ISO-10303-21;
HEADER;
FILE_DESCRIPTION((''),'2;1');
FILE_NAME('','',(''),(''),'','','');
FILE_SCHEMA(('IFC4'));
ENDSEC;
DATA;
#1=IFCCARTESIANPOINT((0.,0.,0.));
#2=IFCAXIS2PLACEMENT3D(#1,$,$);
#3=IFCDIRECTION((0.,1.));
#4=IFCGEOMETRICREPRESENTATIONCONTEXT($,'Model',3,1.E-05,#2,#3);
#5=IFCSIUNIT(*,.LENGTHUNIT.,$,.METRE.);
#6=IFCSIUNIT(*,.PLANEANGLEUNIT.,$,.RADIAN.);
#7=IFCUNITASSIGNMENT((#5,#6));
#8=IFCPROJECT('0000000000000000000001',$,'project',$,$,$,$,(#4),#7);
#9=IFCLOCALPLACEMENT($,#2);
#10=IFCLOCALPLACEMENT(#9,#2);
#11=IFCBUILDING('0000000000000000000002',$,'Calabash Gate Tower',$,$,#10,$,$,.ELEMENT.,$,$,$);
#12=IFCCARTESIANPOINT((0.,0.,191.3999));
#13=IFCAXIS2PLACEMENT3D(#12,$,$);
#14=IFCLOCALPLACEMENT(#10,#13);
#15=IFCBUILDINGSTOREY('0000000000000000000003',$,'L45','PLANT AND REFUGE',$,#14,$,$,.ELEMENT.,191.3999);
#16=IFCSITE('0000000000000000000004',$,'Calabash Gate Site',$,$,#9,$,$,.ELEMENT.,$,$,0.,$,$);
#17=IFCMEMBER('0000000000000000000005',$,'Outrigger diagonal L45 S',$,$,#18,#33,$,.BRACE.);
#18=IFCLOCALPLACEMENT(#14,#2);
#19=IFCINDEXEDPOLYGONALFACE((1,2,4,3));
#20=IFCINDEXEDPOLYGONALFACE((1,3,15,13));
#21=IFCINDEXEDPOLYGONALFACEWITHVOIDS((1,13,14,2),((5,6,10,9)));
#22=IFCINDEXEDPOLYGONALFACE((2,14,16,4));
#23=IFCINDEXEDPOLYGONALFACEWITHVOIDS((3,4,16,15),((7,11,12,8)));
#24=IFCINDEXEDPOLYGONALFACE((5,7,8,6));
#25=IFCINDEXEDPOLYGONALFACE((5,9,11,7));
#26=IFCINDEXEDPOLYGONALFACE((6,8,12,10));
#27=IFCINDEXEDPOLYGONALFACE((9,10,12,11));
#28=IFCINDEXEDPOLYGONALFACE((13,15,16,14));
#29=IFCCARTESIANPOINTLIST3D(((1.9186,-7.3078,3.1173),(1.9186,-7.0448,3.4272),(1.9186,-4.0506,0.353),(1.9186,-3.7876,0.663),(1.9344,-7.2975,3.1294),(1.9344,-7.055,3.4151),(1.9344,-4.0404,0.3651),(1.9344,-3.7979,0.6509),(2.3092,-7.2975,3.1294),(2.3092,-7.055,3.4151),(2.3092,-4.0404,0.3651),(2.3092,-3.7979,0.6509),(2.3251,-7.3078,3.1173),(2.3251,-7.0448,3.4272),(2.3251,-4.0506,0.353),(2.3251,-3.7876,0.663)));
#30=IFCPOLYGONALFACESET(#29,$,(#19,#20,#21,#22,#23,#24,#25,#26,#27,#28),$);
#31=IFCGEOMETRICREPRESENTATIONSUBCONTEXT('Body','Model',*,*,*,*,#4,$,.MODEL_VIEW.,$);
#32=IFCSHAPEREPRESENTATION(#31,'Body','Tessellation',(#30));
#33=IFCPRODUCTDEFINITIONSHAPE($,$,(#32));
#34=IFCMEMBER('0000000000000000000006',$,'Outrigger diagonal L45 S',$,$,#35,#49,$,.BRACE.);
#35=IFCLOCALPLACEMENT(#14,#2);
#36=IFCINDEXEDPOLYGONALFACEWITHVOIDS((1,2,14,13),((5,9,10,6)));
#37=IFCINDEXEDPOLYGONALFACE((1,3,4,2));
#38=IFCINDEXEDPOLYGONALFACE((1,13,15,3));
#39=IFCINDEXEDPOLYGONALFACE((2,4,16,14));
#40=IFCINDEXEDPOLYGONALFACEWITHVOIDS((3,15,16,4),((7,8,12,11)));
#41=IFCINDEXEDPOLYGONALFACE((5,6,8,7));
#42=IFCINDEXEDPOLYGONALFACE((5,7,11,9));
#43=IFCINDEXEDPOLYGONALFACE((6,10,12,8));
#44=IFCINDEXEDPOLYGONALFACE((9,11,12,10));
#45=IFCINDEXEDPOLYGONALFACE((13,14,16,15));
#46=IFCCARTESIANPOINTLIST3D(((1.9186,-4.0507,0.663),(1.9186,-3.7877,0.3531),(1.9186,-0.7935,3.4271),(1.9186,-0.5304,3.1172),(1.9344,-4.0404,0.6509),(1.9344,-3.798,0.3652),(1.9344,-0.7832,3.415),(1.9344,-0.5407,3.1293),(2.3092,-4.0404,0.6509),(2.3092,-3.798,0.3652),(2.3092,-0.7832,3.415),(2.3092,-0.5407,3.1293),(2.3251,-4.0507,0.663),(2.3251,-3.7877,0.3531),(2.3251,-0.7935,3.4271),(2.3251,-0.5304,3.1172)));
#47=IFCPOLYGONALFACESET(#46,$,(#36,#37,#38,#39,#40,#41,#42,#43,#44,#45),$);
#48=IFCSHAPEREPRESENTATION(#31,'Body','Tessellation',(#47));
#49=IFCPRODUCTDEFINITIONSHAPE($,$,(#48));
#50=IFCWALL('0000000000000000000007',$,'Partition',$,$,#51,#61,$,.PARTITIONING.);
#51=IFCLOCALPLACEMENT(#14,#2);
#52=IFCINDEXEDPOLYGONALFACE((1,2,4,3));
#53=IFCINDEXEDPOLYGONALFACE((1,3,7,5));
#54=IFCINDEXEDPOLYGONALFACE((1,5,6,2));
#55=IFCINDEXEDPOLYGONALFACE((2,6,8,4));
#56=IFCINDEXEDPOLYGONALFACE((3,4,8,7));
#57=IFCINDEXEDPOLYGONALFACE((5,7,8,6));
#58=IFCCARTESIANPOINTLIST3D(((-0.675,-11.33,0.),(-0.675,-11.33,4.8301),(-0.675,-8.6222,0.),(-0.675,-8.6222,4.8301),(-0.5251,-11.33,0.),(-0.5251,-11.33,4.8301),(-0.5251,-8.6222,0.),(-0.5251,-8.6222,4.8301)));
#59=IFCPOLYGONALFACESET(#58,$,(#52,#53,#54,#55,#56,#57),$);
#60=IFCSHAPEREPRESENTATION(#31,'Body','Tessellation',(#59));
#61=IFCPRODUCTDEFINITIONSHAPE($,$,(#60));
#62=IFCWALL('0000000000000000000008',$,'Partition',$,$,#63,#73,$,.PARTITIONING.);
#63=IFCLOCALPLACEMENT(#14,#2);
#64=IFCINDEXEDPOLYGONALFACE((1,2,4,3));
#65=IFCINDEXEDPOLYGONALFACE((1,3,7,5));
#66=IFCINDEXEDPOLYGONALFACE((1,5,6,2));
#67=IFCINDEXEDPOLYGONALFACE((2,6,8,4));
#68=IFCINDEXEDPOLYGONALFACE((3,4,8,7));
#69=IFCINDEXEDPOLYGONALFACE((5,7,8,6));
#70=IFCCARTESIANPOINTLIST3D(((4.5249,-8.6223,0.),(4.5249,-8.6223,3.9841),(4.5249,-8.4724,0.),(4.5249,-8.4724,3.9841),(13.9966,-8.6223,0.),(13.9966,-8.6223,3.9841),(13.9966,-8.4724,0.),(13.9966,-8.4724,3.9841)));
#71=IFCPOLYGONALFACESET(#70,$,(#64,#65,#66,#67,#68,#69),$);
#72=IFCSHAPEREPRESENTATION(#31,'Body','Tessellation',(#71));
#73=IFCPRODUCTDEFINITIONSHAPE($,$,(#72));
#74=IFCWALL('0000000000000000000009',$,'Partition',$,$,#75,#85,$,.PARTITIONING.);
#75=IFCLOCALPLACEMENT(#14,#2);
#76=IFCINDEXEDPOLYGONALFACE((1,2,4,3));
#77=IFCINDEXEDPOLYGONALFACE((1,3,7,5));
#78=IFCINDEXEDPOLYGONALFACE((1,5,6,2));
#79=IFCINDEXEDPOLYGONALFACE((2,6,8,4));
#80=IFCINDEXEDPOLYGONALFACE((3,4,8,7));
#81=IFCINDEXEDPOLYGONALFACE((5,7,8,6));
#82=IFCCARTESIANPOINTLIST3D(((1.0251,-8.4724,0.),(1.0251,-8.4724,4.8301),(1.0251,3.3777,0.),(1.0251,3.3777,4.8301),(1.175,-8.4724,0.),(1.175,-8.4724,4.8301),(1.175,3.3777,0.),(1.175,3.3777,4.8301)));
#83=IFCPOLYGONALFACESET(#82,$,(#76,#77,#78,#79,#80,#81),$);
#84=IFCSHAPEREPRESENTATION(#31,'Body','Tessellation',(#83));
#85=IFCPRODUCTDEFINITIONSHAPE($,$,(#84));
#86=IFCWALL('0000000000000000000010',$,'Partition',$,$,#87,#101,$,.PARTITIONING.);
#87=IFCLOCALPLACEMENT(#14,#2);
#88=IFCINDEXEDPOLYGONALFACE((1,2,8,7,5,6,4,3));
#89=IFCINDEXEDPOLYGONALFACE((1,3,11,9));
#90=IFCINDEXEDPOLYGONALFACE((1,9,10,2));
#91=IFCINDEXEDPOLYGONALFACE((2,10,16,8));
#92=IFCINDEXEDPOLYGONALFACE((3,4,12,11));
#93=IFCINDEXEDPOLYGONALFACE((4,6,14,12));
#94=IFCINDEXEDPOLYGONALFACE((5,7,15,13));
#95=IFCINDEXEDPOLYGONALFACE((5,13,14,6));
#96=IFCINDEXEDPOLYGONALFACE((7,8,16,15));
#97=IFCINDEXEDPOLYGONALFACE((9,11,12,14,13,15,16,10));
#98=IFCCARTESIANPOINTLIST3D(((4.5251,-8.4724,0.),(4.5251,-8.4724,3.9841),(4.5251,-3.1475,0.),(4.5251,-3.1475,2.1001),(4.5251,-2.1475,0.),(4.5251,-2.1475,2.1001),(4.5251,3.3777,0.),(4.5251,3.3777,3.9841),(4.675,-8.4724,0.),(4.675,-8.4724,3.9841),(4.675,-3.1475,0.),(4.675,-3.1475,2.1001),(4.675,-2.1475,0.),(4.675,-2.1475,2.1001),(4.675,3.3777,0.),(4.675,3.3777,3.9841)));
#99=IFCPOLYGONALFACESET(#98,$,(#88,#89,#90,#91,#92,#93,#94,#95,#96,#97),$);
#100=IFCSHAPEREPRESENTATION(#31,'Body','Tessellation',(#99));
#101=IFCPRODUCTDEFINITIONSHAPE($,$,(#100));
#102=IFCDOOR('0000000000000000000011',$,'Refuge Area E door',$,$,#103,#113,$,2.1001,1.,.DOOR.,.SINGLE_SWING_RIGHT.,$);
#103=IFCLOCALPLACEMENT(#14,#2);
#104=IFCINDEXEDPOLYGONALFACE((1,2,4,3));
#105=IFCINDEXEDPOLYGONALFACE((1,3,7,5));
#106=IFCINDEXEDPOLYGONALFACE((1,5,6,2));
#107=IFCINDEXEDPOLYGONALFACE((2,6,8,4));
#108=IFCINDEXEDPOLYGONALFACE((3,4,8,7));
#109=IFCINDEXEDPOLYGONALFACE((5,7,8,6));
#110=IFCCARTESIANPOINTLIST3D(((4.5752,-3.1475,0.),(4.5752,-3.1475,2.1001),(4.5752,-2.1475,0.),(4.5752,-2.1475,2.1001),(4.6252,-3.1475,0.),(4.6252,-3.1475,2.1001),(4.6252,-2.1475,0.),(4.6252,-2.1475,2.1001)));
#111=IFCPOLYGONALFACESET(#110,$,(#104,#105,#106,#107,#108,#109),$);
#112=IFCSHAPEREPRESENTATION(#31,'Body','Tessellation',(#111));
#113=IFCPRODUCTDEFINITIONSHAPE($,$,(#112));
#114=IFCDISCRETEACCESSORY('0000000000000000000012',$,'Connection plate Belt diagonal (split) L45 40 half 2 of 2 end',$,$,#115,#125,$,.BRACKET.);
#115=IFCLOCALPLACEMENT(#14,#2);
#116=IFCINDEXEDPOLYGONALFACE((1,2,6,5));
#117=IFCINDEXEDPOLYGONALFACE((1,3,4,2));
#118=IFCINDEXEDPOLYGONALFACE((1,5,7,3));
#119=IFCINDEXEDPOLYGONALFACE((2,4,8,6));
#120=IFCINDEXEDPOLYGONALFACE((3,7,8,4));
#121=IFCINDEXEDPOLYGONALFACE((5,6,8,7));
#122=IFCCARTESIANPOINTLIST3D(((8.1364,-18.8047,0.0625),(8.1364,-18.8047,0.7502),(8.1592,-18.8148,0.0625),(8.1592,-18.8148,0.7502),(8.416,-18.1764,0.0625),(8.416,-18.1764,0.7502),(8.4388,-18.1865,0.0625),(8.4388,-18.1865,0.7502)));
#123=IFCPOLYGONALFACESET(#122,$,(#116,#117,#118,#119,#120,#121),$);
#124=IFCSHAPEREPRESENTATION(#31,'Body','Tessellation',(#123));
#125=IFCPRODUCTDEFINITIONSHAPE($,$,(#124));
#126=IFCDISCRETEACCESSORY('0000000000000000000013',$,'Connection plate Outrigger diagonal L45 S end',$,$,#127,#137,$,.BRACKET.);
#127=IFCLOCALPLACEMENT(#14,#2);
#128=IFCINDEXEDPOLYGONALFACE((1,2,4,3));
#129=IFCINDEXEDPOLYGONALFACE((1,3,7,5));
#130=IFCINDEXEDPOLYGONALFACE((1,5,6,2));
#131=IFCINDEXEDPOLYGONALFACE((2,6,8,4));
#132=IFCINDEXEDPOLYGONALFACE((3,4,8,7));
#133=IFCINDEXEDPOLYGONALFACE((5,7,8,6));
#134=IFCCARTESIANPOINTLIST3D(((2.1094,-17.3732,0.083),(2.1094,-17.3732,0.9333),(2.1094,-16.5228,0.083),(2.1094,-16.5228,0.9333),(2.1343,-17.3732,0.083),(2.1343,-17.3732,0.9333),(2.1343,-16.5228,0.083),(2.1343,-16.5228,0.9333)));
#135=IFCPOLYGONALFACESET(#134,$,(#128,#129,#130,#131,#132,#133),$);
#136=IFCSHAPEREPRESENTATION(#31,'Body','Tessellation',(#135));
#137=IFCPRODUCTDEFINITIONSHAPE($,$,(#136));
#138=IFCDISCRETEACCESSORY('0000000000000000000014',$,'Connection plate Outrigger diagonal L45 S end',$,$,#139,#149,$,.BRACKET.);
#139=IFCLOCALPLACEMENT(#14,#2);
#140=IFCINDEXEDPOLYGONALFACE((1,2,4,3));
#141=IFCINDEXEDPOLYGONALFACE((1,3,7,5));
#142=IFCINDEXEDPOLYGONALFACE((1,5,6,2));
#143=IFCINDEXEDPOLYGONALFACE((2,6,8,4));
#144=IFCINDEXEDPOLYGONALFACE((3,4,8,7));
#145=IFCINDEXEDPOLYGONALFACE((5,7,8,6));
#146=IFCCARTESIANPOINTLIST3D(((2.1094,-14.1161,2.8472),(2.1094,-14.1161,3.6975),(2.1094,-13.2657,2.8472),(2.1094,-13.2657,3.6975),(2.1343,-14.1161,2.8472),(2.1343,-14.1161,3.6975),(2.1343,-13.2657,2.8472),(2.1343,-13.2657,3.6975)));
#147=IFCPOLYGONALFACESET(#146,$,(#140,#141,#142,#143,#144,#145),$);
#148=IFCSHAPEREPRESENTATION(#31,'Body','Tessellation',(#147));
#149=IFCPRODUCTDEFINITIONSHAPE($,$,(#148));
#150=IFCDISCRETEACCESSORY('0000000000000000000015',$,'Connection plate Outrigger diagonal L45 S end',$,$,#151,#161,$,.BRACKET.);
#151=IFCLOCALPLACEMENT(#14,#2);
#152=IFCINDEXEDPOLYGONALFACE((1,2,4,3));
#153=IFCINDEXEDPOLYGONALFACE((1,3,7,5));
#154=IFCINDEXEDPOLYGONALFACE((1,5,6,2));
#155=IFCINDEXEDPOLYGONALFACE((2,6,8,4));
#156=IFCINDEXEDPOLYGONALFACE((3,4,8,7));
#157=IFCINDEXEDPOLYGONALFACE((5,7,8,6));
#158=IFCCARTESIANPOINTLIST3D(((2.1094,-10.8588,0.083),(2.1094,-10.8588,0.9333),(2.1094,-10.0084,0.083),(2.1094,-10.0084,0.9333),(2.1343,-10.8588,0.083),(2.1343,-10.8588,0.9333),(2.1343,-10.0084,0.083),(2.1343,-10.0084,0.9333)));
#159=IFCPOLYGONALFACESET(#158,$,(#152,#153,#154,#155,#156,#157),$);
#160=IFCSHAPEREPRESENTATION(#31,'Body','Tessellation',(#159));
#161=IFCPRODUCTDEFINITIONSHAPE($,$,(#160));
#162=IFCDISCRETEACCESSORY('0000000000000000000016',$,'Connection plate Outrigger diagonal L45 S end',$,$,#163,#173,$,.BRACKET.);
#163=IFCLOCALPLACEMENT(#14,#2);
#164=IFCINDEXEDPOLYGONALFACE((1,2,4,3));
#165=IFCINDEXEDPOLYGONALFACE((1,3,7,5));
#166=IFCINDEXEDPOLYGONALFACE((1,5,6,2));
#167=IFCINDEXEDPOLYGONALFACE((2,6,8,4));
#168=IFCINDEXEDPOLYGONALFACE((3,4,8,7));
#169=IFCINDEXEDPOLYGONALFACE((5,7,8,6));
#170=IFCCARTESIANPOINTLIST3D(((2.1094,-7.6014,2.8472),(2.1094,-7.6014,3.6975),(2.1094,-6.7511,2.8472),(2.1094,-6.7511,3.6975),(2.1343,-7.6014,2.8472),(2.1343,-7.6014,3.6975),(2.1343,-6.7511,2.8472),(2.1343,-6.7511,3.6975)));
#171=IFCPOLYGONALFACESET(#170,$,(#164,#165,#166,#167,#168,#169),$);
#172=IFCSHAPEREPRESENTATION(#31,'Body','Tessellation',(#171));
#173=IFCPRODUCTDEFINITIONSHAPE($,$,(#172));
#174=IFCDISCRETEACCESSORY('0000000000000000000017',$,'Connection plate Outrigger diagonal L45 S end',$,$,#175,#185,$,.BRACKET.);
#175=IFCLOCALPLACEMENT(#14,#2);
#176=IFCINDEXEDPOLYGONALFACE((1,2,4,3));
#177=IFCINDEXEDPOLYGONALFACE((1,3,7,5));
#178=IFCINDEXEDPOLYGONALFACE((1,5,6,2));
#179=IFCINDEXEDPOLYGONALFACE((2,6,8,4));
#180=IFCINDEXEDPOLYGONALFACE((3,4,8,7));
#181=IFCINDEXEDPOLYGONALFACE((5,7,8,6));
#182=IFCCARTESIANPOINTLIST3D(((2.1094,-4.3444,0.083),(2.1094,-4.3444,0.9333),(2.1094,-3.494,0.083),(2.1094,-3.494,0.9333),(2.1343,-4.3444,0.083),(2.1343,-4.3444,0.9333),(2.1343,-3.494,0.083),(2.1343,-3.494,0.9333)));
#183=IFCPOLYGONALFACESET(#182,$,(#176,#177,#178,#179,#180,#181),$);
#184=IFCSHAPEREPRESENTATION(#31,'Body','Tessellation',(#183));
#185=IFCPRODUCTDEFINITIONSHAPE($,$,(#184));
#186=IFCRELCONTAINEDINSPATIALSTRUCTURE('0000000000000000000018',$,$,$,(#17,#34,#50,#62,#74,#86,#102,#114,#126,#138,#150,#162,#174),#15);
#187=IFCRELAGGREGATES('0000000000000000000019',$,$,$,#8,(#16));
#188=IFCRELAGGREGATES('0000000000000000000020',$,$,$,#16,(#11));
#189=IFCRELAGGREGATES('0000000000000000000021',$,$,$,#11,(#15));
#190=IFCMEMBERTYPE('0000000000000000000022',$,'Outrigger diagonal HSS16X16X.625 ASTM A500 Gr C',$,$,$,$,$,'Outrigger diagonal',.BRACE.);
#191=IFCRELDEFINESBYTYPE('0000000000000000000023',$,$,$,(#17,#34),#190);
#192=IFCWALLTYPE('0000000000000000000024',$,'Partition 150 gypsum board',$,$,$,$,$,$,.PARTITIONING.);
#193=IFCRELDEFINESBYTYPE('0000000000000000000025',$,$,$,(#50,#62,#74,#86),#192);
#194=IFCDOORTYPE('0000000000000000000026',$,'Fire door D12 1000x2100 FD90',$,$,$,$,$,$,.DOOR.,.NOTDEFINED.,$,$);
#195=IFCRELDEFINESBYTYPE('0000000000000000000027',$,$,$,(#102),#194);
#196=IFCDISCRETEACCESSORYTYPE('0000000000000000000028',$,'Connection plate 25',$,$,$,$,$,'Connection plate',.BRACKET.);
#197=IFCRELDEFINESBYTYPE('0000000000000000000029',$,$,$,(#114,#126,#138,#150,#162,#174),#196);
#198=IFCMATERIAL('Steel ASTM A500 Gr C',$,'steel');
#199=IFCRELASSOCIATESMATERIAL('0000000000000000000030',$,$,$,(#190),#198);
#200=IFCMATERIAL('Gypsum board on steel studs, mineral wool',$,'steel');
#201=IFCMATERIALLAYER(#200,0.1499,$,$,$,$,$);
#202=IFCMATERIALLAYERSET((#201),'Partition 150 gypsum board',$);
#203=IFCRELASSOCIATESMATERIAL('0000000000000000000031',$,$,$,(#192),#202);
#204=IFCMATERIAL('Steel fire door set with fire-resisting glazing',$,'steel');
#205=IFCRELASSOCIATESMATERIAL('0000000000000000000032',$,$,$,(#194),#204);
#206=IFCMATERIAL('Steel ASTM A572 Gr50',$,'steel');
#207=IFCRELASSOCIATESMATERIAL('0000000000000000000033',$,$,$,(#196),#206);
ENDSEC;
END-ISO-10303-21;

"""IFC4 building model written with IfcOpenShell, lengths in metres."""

from ifc_helpers import new_model, si_unit, direction, frame, frame_2d, origin, origin_2d, place, context, subcontext, project, spatial, rectangle, hollow_rectangle, extrude, material, layer, layer_set, material_profile, profile_set, type_object, element, fill, save


model = new_model("IFC4")

# Units and contexts
model_context = context("Model", 3, precision=1e-05, world=origin(), true_north=direction((0.0, 1.0)))
body_context = subcontext(model_context, "Body", "Model", "MODEL_VIEW")
ifc_project = project(units=[si_unit("LENGTHUNIT", "METRE"), si_unit("PLANEANGLEUNIT", "RADIAN")], contexts=[model_context])

# Site, building, storey
site_placement = place(None, origin())
site = spatial("IfcSite", under=ifc_project, at=site_placement, Name="Calabash Gate Site", CompositionType="ELEMENT", RefElevation=0.0)
building_placement = place(site_placement, origin())
building = spatial("IfcBuilding", under=site, at=building_placement, Name="Calabash Gate Tower", CompositionType="ELEMENT")
storey_placement = place(building_placement, frame((0.0, 0.0, 191.3999)))
storey = spatial("IfcBuildingStorey", under=building, at=storey_placement, Name="L45", Description="PLANT AND REFUGE", CompositionType="ELEMENT", Elevation=191.3999)

# Members
ifc_material_1 = material(Name="Steel ASTM A500 Gr C", Category="steel")
ifc_material_profile_1 = material_profile(ifc_material_1, hollow_rectangle(XDim=0.4065, YDim=0.4065, WallThickness=0.0159, at=origin_2d()))
ifc_profile_set_1 = profile_set([ifc_material_profile_1], Name="Steel ASTM A500 Gr C")
member_type_1 = type_object("IfcMemberType", Name="Outrigger diagonal HSS16X16X.625 ASTM A500 Gr C", ElementType="Outrigger diagonal", PredefinedType="BRACE", material=ifc_profile_set_1)
for number, where, z_axis, x_axis, name in (
    (1, (2.1218, -7.1763, 3.2722), (0.0, 0.762442, -0.647056), (-1.0, 0.0, 0.0), "Outrigger diagonal L45 S"),
    (2, (2.1218, -3.9192, 0.5081), (0.0, 0.762466, 0.647028), (-1.0, 0.0, 0.0), "Outrigger diagonal L45 S"),
):
    element("IfcMember", number, at=place(storey_placement, frame(where, z_axis=z_axis, x_axis=x_axis)), inside=storey, type_object=member_type_1, Name=name, PredefinedType="BRACE", context=body_context, shape_type="SweptSolid", body=[
        extrude(hollow_rectangle(XDim=0.4065, YDim=0.4065, WallThickness=0.0159, at=origin_2d()), origin(), (0.0, 0.0, 1.0), 4.272),
    ])

# Walls
ifc_material_2 = material(Name="Gypsum board on steel studs, mineral wool", Category="steel")
ifc_layer = layer(ifc_material_2, 0.1499)
ifc_layer_set = layer_set([ifc_layer], Name="Partition 150 gypsum board")
wall_type = type_object("IfcWallType", Name="Partition 150 gypsum board", PredefinedType="PARTITIONING", material=ifc_layer_set)
wall_1_placement = place(storey_placement, frame((-0.6001, -11.3301, 0.0), z_axis=(0.0, 0.0, 1.0), x_axis=(0.0, 1.0, 0.0)))
element("IfcWall", 3, at=wall_1_placement, inside=storey, type_object=wall_type, Name="Partition", PredefinedType="PARTITIONING", context=body_context, shape_type="SweptSolid", body=[
    extrude(rectangle(XDim=2.7078, YDim=0.1499, at=frame_2d((1.354, 0.0))), origin(), (0.0, 0.0, 1.0), 4.8301),
])
wall_2_placement = place(storey_placement, frame((4.5249, -8.5474, 0.0), z_axis=(0.0, 0.0, 1.0), x_axis=(1.0, 0.0, 0.0)))
element("IfcWall", 4, at=wall_2_placement, inside=storey, type_object=wall_type, Name="Partition", PredefinedType="PARTITIONING", context=body_context, shape_type="SweptSolid", body=[
    extrude(rectangle(XDim=9.4717, YDim=0.1499, at=frame_2d((4.7358, 0.0))), origin(), (0.0, 0.0, 1.0), 3.9841),
])
wall_3_placement = place(storey_placement, frame((1.1001, -8.4724, 0.0), z_axis=(0.0, 0.0, 1.0), x_axis=(0.0, 1.0, 0.0)))
element("IfcWall", 5, at=wall_3_placement, inside=storey, type_object=wall_type, Name="Partition", PredefinedType="PARTITIONING", context=body_context, shape_type="SweptSolid", body=[
    extrude(rectangle(XDim=11.8501, YDim=0.1499, at=frame_2d((5.925, 0.0))), origin(), (0.0, 0.0, 1.0), 4.8301),
])

# Wall, opening, door
wall_4_placement = place(storey_placement, frame((4.6001, -8.4724, 0.0), z_axis=(0.0, 0.0, 1.0), x_axis=(0.0, 1.0, 0.0)))
wall_4 = element("IfcWall", 6, at=wall_4_placement, inside=storey, type_object=wall_type, Name="Partition", PredefinedType="PARTITIONING", context=body_context, shape_type="SweptSolid", body=[
    extrude(rectangle(XDim=11.8501, YDim=0.1499, at=frame_2d((5.925, 0.0))), origin(), (0.0, 0.0, 1.0), 3.9841),
])
opening_placement = place(wall_4_placement, frame((5.325, 0.0, 0.0)))
opening = element("IfcOpeningElement", 7, at=opening_placement, cuts=wall_4, PredefinedType="OPENING", context=body_context, shape_type="SweptSolid", body=[
    extrude(rectangle(XDim=1.0, YDim=2.1001, at=frame_2d((0.5, 1.05))), frame((0.0, 0.085, 0.0), z_axis=(0.0, -1.0, 0.0), x_axis=(1.0, 0.0, 0.0)), (0.0, 0.0, 1.0), 0.1699),
])
ifc_material_3 = material(Name="Steel fire door set with fire-resisting glazing", Category="steel")
door_type = type_object("IfcDoorType", Name="Fire door D12 1000x2100 FD90", OperationType="NOTDEFINED", PredefinedType="DOOR", material=ifc_material_3)
door_placement = place(opening_placement, origin())
door = element("IfcDoor", 8, at=door_placement, inside=storey, type_object=door_type, Name="Refuge Area E door", OperationType="SINGLE_SWING_RIGHT", OverallHeight=2.1001, OverallWidth=1.0, PredefinedType="DOOR", context=body_context, shape_type="SweptSolid", body=[
    extrude(rectangle(XDim=1.0, YDim=2.1001, at=frame_2d((0.5, 1.05))), frame((0.0, 0.0249, 0.0), z_axis=(0.0, -1.0, 0.0), x_axis=(1.0, 0.0, 0.0)), (0.0, 0.0, 1.0), 0.05),
])
fill(opening, door)

# Discrete accessories
ifc_material_4 = material(Name="Steel ASTM A572 Gr50", Category="steel")
discrete_accessory_type = type_object("IfcDiscreteAccessoryType", Name="Connection plate 25", ElementType="Connection plate", PredefinedType="BRACKET", material=ifc_material_4)
discrete_accessory_placement = place(storey_placement, frame((8.2876, -18.4956, 0.0625), z_axis=(0.0, 0.0, 1.0), x_axis=(0.406612, 0.913601, 0.0)))
element("IfcDiscreteAccessory", 9, at=discrete_accessory_placement, inside=storey, type_object=discrete_accessory_type, Name="Connection plate Belt diagonal (split) L45 40 half 2 of 2 end", PredefinedType="BRACKET", context=body_context, shape_type="SweptSolid", body=[
    extrude(rectangle(XDim=0.6877, YDim=0.0249, at=origin_2d()), origin(), (0.0, 0.0, 1.0), 0.6877),
])
for number, where, z_axis, x_axis, name in (
    (10, (2.1218, -16.948, 0.083), (0.0, 0.0, 1.0), (0.0, 1.0, 0.0), "Connection plate Outrigger diagonal L45 S end"),
    (11, (2.1218, -13.6909, 2.8472), (0.0, 0.0, 1.0), (0.0, 1.0, 0.0), "Connection plate Outrigger diagonal L45 S end"),
    (12, (2.1218, -10.4336, 0.083), (0.0, 0.0, 1.0), (0.0, 1.0, 0.0), "Connection plate Outrigger diagonal L45 S end"),
    (13, (2.1218, -7.1763, 2.8472), (0.0, 0.0, 1.0), (0.0, 1.0, 0.0), "Connection plate Outrigger diagonal L45 S end"),
    (14, (2.1218, -3.9192, 0.083), (0.0, 0.0, 1.0), (0.0, 1.0, 0.0), "Connection plate Outrigger diagonal L45 S end"),
):
    element("IfcDiscreteAccessory", number, at=place(storey_placement, frame(where, z_axis=z_axis, x_axis=x_axis)), inside=storey, type_object=discrete_accessory_type, Name=name, PredefinedType="BRACKET", context=body_context, shape_type="SweptSolid", body=[
        extrude(rectangle(XDim=0.8503, YDim=0.0249, at=origin_2d()), origin(), (0.0, 0.0, 1.0), 0.8503),
    ])

save(model, "model.ifc")
